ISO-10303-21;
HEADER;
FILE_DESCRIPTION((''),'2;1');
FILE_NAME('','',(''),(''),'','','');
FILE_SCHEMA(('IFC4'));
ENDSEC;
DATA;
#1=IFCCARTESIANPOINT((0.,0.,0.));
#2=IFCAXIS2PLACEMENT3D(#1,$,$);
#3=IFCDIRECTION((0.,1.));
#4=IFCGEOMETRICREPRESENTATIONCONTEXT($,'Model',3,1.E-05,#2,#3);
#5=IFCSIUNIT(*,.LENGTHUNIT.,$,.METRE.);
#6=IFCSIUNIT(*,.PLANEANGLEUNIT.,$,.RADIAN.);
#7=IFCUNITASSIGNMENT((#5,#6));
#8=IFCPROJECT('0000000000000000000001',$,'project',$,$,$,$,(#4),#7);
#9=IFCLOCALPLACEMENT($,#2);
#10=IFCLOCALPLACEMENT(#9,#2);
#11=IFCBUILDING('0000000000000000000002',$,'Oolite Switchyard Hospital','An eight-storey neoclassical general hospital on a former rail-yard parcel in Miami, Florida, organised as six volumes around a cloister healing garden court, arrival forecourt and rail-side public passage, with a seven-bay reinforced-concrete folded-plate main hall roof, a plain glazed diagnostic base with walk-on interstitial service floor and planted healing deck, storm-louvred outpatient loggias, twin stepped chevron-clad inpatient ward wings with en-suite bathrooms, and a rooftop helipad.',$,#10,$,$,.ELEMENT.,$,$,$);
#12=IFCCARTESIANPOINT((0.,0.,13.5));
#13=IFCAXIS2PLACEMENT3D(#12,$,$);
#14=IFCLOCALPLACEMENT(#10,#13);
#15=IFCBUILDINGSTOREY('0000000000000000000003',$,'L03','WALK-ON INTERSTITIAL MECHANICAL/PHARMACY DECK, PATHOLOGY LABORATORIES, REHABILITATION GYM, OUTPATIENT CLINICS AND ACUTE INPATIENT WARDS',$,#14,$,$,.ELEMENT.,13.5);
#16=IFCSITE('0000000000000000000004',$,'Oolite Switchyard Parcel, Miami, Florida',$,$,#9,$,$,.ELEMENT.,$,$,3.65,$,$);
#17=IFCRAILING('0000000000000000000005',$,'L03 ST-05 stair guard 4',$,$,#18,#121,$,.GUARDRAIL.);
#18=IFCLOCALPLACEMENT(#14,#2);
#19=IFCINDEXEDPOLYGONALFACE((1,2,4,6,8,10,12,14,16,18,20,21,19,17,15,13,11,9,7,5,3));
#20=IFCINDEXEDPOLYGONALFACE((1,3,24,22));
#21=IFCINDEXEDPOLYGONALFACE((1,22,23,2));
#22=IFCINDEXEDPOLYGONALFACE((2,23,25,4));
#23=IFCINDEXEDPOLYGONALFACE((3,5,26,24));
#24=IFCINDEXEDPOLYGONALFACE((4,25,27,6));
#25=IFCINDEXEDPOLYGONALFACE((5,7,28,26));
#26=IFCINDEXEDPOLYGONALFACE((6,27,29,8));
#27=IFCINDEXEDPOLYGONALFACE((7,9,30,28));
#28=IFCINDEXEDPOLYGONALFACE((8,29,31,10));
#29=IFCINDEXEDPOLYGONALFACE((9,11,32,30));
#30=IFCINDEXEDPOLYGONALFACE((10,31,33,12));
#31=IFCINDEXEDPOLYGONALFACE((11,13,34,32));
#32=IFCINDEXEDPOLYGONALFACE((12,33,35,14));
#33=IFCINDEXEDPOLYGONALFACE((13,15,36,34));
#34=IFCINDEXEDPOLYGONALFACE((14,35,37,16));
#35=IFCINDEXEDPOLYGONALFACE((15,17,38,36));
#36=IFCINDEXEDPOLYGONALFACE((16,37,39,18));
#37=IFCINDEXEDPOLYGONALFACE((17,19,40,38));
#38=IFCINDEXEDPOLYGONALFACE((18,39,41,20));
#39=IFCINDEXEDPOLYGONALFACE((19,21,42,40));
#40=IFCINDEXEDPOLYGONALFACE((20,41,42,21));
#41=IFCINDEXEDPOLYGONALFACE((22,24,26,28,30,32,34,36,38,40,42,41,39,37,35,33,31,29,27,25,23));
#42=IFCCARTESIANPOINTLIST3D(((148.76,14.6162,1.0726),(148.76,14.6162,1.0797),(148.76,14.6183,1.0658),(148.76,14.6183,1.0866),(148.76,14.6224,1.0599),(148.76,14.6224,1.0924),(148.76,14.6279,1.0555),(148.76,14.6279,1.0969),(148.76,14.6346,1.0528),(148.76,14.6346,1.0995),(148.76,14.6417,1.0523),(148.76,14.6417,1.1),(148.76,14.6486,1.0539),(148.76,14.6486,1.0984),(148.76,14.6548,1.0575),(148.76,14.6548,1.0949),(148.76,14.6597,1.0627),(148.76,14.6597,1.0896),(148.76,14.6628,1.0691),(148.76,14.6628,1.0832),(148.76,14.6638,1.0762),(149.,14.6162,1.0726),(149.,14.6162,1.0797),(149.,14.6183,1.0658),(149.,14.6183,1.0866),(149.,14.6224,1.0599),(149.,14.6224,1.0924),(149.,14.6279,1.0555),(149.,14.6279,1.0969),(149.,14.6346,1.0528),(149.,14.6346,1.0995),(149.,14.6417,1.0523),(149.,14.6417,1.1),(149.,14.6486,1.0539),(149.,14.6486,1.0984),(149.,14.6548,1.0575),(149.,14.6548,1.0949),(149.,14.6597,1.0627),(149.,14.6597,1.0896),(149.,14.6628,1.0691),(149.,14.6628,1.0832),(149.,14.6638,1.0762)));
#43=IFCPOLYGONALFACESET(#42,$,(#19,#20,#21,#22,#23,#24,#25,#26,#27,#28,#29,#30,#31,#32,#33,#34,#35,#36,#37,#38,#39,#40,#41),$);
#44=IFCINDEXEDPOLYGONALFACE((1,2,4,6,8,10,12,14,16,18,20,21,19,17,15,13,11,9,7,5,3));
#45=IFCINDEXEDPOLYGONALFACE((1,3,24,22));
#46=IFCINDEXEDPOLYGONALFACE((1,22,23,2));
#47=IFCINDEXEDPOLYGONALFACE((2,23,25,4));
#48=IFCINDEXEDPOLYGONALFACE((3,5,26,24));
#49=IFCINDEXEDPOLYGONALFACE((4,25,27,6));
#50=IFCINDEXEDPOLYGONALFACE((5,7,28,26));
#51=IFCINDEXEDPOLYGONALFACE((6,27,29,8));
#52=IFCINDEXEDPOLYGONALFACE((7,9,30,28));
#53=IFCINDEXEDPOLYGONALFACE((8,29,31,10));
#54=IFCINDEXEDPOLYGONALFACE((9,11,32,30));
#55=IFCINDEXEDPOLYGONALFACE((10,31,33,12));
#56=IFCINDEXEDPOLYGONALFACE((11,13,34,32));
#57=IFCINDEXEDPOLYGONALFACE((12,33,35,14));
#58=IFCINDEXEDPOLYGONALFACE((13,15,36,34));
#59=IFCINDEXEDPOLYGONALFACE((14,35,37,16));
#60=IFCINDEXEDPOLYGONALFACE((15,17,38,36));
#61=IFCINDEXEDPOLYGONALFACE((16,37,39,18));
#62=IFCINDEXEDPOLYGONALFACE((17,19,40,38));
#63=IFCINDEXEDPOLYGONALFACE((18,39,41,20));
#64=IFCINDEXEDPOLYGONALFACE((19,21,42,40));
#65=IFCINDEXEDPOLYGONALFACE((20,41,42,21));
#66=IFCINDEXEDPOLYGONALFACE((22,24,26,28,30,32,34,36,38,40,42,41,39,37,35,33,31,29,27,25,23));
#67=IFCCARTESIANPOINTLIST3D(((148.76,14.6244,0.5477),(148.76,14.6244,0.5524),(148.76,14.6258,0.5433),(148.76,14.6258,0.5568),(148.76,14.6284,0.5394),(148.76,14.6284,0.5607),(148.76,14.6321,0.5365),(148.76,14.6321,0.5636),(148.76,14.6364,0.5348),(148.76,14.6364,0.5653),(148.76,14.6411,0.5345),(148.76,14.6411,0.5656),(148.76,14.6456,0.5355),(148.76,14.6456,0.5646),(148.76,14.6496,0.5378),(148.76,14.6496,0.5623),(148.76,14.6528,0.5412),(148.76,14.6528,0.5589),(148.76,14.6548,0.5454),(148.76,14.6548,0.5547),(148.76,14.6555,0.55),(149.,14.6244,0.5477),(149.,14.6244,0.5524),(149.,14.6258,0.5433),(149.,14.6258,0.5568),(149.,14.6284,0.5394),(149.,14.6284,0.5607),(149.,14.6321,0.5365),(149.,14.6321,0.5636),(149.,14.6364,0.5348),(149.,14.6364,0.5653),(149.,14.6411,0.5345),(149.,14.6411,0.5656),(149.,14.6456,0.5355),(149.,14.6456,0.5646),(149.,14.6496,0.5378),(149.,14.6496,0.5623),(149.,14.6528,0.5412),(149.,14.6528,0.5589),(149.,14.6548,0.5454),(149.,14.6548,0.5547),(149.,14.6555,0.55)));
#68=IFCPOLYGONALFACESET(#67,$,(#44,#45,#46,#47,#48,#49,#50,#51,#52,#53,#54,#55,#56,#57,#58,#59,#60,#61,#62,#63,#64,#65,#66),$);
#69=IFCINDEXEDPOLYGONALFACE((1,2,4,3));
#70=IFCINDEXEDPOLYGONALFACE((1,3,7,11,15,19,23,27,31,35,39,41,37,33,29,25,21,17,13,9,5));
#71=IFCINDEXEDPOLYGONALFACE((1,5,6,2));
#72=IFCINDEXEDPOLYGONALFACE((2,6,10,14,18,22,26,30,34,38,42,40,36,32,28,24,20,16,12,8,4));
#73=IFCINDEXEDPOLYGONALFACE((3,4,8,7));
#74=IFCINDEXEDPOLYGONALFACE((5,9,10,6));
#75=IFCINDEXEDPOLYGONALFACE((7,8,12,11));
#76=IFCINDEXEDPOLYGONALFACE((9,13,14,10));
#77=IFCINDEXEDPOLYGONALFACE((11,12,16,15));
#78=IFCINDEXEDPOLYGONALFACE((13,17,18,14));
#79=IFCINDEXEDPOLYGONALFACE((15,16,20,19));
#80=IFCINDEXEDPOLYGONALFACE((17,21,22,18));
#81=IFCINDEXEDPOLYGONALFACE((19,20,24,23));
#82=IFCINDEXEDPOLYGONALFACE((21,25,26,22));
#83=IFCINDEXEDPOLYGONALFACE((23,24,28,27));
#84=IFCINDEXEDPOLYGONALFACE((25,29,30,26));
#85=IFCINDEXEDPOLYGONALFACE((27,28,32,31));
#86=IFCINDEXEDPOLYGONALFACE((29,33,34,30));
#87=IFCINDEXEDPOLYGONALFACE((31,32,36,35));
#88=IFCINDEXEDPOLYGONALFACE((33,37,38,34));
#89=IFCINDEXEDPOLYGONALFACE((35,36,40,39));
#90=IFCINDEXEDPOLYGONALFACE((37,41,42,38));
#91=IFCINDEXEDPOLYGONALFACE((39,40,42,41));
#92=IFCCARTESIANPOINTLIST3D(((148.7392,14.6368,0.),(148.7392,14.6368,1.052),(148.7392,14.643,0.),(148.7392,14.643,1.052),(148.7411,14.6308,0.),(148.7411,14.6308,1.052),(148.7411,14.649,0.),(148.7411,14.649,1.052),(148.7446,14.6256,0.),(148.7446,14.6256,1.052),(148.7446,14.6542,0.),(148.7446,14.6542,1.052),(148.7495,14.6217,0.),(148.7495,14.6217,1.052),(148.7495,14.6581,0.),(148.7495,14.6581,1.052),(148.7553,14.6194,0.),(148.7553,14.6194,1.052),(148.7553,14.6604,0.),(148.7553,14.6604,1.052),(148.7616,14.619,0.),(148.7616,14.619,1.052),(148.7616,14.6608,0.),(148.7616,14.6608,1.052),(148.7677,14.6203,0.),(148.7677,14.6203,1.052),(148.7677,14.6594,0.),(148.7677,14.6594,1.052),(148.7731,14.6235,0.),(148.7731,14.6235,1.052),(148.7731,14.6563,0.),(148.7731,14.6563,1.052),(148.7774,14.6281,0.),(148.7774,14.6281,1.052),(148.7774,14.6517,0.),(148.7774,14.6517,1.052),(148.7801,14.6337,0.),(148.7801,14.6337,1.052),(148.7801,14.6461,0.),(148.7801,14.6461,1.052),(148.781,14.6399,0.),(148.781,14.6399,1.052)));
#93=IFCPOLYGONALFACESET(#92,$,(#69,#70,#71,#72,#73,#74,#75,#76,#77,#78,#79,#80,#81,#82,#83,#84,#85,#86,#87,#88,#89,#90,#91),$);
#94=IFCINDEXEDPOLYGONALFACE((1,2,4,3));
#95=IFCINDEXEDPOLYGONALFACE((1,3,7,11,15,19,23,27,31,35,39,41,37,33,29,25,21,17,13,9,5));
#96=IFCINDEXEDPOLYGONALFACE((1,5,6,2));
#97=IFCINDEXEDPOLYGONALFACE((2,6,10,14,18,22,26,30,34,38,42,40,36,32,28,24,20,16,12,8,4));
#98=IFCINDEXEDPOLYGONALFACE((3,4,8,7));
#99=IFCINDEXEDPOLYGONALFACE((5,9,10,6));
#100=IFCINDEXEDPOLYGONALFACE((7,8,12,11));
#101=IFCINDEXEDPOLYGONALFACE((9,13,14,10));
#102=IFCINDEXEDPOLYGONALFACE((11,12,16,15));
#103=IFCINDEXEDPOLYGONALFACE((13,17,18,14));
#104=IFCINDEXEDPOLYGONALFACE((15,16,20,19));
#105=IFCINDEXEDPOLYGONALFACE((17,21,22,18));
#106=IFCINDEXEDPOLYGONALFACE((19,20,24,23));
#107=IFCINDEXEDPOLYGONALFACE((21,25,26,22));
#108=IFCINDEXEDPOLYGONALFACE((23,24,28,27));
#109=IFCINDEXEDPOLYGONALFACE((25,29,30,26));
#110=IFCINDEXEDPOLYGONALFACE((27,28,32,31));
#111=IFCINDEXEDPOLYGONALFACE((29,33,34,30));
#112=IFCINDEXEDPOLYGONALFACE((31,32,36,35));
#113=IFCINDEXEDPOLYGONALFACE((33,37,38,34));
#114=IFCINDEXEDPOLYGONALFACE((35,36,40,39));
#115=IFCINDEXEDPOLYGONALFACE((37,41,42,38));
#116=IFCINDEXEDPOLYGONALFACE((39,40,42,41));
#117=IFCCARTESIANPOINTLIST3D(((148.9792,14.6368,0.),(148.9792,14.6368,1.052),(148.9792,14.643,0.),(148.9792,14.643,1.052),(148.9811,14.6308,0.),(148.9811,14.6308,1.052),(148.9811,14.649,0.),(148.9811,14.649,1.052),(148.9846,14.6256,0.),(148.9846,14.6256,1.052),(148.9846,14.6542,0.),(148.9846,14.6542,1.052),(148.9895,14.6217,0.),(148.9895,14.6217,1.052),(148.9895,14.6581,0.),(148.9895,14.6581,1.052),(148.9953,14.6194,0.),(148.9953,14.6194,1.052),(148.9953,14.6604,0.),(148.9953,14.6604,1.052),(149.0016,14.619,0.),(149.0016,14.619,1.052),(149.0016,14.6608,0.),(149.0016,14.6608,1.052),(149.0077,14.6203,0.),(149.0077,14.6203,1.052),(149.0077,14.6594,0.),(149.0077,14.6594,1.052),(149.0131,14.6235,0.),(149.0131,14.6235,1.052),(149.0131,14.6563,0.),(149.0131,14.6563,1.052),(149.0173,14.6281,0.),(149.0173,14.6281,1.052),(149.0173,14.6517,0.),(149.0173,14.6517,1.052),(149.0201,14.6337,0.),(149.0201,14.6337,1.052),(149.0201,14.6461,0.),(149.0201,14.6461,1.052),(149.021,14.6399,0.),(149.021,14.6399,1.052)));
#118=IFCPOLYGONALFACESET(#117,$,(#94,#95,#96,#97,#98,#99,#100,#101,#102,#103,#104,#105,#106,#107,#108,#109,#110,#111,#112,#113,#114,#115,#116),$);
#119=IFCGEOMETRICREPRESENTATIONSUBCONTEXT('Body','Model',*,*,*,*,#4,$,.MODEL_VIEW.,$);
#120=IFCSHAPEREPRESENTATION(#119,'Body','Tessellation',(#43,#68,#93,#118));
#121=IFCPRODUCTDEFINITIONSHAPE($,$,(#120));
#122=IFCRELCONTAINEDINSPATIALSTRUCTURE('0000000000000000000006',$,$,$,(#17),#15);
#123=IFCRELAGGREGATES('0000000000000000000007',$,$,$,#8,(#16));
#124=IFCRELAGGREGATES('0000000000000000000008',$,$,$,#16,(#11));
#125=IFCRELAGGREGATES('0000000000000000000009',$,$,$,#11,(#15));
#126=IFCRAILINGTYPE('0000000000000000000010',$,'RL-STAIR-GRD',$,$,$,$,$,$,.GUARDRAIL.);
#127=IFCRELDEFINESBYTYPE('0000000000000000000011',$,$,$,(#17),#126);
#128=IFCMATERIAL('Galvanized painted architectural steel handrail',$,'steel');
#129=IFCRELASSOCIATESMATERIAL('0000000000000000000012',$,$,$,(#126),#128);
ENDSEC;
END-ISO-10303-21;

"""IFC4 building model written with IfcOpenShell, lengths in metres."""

from ifc_helpers import new_model, si_unit, direction, frame, origin, origin_2d, place, context, subcontext, project, spatial, circle, extrude, material, type_object, element, save


model = new_model("IFC4")

# Units and contexts
model_context = context("Model", 3, precision=1e-05, world=origin(), true_north=direction((0.0, 1.0)))
body_context = subcontext(model_context, "Body", "Model", "MODEL_VIEW")
ifc_project = project(units=[si_unit("LENGTHUNIT", "METRE"), si_unit("PLANEANGLEUNIT", "RADIAN")], contexts=[model_context])

# Site, building, storey
site_placement = place(None, origin())
site = spatial("IfcSite", under=ifc_project, at=site_placement, Name="Oolite Switchyard Parcel, Miami, Florida", CompositionType="ELEMENT", RefElevation=3.65)
building_placement = place(site_placement, origin())
building = spatial("IfcBuilding", under=site, at=building_placement, Name="Oolite Switchyard Hospital", Description="An eight-storey neoclassical general hospital on a former rail-yard parcel in Miami, Florida, organised as six volumes around a cloister healing garden court, arrival forecourt and rail-side public passage, with a seven-bay reinforced-concrete folded-plate main hall roof, a plain glazed diagnostic base with walk-on interstitial service floor and planted healing deck, storm-louvred outpatient loggias, twin stepped chevron-clad inpatient ward wings with en-suite bathrooms, and a rooftop helipad.", CompositionType="ELEMENT")
storey_placement = place(building_placement, frame((0.0, 0.0, 13.5)))
storey = spatial("IfcBuildingStorey", under=building, at=storey_placement, Name="L03", Description="WALK-ON INTERSTITIAL MECHANICAL/PHARMACY DECK, PATHOLOGY LABORATORIES, REHABILITATION GYM, OUTPATIENT CLINICS AND ACUTE INPATIENT WARDS", CompositionType="ELEMENT", Elevation=13.5)

# Railing
ifc_material_1 = material(Name="Galvanized painted architectural steel handrail", Category="steel")
railing_type_1 = type_object("IfcRailingType", Name="RL-STAIR-GRD", PredefinedType="GUARDRAIL", material=ifc_material_1)
railing_1_placement = place(storey_placement, frame((148.76, 14.6399, 0.0)))
element("IfcRailing", 1, at=railing_1_placement, inside=storey, type_object=railing_type_1, Name="L03 ST-05 stair guard 4", PredefinedType="GUARDRAIL", context=body_context, shape_type="SweptSolid", body=[
    extrude(circle(Radius=0.0239, at=origin_2d()), frame((0.0, 0.0, 1.0762), z_axis=(1.0, 0.0, 0.0), x_axis=(0.0, 1.0, 0.0)), (0.0, 0.0, 1.0), 0.24),
    extrude(circle(Radius=0.0156, at=origin_2d()), frame((0.0, 0.0, 0.55), z_axis=(1.0, 0.0, 0.0), x_axis=(0.0, 1.0, 0.0)), (0.0, 0.0, 1.0), 0.24),
    extrude(circle(Radius=0.021, at=origin_2d()), origin(), (0.0, 0.0, 1.0), 1.052),
    extrude(circle(Radius=0.021, at=origin_2d()), frame((0.24, 0.0, 0.0)), (0.0, 0.0, 1.0), 1.052),
])

save(model, "model.ifc")
